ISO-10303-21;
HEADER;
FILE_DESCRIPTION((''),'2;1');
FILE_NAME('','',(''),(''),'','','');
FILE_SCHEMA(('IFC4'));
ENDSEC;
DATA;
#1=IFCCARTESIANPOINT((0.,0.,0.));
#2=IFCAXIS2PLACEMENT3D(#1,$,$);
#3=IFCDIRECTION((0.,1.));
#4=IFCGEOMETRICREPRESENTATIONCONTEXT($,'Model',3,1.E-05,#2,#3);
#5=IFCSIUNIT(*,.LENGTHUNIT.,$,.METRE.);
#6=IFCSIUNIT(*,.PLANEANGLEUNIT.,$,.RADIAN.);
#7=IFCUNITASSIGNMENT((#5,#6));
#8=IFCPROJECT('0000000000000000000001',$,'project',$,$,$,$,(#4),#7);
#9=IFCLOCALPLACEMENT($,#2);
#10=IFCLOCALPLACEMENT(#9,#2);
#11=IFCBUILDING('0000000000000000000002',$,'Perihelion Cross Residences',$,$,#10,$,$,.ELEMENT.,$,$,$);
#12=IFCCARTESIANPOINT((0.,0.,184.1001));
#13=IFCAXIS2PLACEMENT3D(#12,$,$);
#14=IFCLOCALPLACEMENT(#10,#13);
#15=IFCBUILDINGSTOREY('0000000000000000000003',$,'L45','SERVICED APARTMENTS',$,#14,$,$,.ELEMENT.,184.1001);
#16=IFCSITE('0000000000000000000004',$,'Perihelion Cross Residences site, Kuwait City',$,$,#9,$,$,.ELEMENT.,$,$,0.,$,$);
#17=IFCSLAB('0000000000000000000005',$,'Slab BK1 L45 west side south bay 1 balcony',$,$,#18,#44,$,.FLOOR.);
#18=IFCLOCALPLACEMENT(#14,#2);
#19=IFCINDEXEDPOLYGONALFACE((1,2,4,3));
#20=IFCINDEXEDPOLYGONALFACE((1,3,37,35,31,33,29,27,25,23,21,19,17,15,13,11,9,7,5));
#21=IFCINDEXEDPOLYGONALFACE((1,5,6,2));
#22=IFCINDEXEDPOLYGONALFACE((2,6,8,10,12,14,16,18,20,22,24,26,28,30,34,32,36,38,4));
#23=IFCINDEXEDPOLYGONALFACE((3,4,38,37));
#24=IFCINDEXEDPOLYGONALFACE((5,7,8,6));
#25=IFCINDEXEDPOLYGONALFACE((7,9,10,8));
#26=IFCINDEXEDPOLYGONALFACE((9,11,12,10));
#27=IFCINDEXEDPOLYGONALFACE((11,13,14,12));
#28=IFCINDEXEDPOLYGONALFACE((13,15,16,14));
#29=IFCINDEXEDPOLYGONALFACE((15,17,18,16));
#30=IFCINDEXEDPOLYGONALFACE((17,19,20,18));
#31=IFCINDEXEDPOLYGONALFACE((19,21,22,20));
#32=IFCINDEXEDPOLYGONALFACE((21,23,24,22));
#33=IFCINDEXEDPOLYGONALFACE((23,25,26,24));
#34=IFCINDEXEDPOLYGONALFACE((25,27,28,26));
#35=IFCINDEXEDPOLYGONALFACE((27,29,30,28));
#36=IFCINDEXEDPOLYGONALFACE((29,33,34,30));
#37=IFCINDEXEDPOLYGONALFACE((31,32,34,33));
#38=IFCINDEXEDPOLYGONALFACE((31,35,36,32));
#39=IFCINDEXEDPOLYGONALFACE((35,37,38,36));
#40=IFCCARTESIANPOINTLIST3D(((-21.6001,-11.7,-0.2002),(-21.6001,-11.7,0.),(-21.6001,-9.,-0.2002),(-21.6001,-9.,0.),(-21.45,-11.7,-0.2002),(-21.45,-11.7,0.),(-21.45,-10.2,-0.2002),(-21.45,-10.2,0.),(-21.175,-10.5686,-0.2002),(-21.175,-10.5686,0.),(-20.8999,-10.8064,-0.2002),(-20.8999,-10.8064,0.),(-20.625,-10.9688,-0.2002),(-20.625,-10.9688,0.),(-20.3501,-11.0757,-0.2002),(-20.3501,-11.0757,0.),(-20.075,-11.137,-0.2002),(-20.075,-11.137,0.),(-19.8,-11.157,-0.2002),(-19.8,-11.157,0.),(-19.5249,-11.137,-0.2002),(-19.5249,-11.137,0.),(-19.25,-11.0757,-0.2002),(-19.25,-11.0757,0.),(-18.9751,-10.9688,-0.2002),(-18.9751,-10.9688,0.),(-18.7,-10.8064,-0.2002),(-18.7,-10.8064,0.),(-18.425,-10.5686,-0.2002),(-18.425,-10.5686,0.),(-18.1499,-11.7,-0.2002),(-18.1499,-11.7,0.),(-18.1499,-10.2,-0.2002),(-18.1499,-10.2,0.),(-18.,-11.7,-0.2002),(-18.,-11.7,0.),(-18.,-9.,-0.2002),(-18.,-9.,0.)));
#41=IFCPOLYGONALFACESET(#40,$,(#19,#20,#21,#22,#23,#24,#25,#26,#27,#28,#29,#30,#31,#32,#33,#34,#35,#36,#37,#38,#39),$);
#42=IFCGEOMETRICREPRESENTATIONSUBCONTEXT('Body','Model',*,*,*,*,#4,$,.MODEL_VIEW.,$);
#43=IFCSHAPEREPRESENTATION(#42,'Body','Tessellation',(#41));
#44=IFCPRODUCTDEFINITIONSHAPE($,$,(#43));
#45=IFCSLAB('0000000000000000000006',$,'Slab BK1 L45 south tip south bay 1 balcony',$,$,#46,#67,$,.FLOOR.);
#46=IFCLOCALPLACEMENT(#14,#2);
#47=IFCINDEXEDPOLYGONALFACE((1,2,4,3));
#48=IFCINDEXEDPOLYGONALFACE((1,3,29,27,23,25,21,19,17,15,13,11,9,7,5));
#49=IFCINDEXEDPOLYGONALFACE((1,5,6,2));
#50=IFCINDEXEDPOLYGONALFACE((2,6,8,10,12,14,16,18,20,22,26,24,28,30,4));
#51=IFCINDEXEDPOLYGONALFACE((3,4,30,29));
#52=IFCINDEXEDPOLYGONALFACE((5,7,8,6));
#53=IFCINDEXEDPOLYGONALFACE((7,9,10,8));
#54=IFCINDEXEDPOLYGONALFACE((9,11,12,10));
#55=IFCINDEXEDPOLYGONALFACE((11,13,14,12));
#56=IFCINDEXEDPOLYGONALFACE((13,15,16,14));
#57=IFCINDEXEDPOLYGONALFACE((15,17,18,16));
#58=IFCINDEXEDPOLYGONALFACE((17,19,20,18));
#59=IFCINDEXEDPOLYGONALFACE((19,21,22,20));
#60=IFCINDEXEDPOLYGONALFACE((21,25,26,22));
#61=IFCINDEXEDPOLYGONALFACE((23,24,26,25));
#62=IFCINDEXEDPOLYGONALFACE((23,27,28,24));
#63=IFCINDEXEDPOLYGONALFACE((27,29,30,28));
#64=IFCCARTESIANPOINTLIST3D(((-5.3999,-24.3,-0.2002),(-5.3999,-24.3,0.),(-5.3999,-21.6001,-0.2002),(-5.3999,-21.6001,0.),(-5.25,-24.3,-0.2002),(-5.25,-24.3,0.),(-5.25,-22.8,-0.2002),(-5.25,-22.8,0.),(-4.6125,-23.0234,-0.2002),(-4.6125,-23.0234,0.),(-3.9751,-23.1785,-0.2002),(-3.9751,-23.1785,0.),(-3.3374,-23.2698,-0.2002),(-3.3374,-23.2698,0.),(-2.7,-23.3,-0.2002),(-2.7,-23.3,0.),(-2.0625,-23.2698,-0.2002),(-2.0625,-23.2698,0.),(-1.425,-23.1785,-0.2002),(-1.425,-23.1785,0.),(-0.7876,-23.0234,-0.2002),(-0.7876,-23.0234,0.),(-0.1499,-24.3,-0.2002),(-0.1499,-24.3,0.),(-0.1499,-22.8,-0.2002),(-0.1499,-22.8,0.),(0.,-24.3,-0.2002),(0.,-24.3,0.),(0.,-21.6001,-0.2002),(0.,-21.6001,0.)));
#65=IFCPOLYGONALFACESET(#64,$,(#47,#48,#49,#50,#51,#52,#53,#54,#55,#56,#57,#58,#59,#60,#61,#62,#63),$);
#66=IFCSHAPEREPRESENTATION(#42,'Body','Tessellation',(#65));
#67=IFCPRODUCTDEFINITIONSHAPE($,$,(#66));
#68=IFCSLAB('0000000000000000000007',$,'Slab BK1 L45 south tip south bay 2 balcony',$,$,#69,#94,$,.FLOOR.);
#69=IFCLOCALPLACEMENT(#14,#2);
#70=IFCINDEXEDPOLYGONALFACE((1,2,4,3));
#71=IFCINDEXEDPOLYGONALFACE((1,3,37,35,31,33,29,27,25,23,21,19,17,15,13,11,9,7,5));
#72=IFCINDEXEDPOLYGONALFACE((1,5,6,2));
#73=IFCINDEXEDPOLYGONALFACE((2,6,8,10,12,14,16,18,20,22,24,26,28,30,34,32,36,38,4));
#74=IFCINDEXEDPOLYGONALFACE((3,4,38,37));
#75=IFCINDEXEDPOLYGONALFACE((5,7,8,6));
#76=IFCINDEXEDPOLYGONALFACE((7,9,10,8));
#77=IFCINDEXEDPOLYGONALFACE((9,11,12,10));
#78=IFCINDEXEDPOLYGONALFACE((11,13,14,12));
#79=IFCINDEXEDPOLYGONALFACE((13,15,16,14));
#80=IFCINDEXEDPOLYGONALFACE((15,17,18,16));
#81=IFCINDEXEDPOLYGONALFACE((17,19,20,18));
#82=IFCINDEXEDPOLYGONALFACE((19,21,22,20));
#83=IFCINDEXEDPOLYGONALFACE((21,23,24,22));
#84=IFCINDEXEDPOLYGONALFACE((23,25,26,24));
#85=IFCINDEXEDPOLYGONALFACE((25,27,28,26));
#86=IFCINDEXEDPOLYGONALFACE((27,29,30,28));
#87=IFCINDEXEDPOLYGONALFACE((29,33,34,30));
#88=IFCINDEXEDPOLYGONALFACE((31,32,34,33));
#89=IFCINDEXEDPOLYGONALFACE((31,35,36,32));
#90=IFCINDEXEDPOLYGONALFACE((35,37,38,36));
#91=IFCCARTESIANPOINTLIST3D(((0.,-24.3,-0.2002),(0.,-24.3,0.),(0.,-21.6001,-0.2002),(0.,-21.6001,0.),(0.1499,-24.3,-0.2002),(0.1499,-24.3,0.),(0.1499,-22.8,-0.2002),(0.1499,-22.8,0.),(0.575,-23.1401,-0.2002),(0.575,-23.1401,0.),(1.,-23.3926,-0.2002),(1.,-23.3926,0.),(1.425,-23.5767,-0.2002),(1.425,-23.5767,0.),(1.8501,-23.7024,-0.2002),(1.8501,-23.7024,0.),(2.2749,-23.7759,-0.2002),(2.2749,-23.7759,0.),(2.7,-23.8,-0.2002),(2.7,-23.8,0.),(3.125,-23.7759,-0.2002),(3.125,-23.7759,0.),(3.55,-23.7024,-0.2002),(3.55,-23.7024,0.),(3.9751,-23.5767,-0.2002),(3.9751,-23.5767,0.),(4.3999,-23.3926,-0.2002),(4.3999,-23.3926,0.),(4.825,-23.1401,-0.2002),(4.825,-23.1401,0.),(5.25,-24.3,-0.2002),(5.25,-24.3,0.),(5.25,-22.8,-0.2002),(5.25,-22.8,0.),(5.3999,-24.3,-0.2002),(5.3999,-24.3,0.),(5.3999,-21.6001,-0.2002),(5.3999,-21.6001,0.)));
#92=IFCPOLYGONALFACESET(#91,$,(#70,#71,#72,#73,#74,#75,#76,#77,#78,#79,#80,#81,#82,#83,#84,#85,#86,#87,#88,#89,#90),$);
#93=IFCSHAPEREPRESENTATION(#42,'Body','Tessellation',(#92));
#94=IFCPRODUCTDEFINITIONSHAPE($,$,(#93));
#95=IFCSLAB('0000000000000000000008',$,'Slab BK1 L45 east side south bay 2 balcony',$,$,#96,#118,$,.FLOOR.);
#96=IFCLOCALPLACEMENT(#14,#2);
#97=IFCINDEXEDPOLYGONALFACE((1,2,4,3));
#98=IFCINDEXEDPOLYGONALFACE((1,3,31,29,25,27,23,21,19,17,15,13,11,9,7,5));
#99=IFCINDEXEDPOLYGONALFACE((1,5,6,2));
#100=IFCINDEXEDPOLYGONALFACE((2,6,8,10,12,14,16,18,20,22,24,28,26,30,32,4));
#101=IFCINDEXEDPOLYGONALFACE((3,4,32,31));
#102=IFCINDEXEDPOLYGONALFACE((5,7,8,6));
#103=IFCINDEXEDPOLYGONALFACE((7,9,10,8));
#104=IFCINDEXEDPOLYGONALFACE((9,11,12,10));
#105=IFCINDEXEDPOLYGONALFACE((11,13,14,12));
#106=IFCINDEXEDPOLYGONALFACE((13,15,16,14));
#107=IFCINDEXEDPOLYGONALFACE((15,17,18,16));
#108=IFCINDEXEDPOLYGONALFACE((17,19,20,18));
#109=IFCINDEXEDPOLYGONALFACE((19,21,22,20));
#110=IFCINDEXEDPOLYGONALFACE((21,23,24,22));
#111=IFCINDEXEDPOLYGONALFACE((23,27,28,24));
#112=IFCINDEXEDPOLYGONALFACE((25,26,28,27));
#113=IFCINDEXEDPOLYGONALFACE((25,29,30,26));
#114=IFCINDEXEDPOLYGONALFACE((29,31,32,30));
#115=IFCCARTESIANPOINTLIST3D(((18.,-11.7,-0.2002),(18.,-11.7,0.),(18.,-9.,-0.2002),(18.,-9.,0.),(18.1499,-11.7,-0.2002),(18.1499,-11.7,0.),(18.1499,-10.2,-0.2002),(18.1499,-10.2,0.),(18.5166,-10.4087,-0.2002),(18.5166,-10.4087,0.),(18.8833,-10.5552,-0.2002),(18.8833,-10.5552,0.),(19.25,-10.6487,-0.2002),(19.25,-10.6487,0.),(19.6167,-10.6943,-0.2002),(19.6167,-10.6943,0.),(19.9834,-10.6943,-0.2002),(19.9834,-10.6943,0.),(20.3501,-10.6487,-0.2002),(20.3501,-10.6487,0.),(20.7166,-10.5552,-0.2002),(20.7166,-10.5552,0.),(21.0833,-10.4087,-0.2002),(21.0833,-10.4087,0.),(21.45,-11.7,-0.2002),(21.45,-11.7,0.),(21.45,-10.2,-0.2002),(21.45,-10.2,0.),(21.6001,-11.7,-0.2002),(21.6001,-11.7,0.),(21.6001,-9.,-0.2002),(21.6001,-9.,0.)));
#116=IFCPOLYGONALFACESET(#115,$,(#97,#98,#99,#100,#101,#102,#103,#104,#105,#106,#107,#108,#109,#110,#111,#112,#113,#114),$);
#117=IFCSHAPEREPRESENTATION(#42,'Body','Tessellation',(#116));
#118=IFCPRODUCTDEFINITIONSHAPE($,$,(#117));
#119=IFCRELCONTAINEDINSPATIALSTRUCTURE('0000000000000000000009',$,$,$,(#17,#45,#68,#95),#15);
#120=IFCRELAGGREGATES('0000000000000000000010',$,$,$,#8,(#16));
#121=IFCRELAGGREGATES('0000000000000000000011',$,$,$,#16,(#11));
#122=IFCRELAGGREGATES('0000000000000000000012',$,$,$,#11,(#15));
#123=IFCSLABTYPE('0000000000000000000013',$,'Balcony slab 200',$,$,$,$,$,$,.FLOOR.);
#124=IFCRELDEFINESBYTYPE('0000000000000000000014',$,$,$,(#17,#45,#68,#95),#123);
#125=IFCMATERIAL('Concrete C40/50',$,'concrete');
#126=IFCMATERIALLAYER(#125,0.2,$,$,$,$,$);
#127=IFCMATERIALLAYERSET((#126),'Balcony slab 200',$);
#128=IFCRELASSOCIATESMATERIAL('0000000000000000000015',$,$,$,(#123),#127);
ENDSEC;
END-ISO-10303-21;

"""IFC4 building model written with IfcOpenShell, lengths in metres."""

from ifc_helpers import new_model, si_unit, direction, frame, origin, place, context, subcontext, project, spatial, polyline, outline, extrude, material, layer, layer_set, type_object, element, save


model = new_model("IFC4")

# Units and contexts
model_context = context("Model", 3, precision=1e-05, world=origin(), true_north=direction((0.0, 1.0)))
body_context = subcontext(model_context, "Body", "Model", "MODEL_VIEW")
ifc_project = project(units=[si_unit("LENGTHUNIT", "METRE"), si_unit("PLANEANGLEUNIT", "RADIAN")], contexts=[model_context])

# Site, building, storey
site_placement = place(None, origin())
site = spatial("IfcSite", under=ifc_project, at=site_placement, Name="Perihelion Cross Residences site, Kuwait City", CompositionType="ELEMENT", RefElevation=0.0)
building_placement = place(site_placement, origin())
building = spatial("IfcBuilding", under=site, at=building_placement, Name="Perihelion Cross Residences", CompositionType="ELEMENT")
storey_placement = place(building_placement, frame((0.0, 0.0, 184.1001)))
storey = spatial("IfcBuildingStorey", under=building, at=storey_placement, Name="L45", Description="SERVICED APARTMENTS", CompositionType="ELEMENT", Elevation=184.1001)

# Slabs
ifc_material_1 = material(Name="Concrete C40/50", Category="concrete")
ifc_layer_1 = layer(ifc_material_1, 0.2)
ifc_layer_set_1 = layer_set([ifc_layer_1], Name="Balcony slab 200")
slab_type_1 = type_object("IfcSlabType", Name="Balcony slab 200", PredefinedType="FLOOR", material=ifc_layer_set_1)
slab_1_placement = place(storey_placement, frame((0.0, 0.0, -0.2002)))
element("IfcSlab", 1, at=slab_1_placement, inside=storey, type_object=slab_type_1, Name="Slab BK1 L45 west side south bay 1 balcony", PredefinedType="FLOOR", context=body_context, shape_type="SweptSolid", body=[
    extrude(outline(polyline([(-21.6001, -9.0), (-18.0, -9.0), (-18.0, -11.7), (-18.1499, -11.7), (-18.1499, -10.2), (-18.425, -10.5686), (-18.7, -10.8064), (-18.9751, -10.9688), (-19.25, -11.0757), (-19.5249, -11.137), (-19.8, -11.157), (-20.075, -11.137), (-20.3501, -11.0757), (-20.625, -10.9688), (-20.8999, -10.8064), (-21.175, -10.5686), (-21.45, -10.2), (-21.45, -11.7), (-21.6001, -11.7), (-21.6001, -9.0)])), origin(), (0.0, 0.0, 1.0), 0.2002),
])
slab_2_placement = place(storey_placement, frame((0.0, 0.0, -0.2002)))
element("IfcSlab", 2, at=slab_2_placement, inside=storey, type_object=slab_type_1, Name="Slab BK1 L45 south tip south bay 1 balcony", PredefinedType="FLOOR", context=body_context, shape_type="SweptSolid", body=[
    extrude(outline(polyline([(-5.3999, -21.6001), (0.0, -21.6001), (0.0, -24.3), (-0.1499, -24.3), (-0.1499, -22.8), (-0.7876, -23.0234), (-1.425, -23.1785), (-2.0625, -23.2698), (-2.7, -23.3), (-3.3374, -23.2698), (-3.9751, -23.1785), (-4.6125, -23.0234), (-5.25, -22.8), (-5.25, -24.3), (-5.3999, -24.3), (-5.3999, -21.6001)])), origin(), (0.0, 0.0, 1.0), 0.2002),
])
slab_3_placement = place(storey_placement, frame((0.0, 0.0, -0.2002)))
element("IfcSlab", 3, at=slab_3_placement, inside=storey, type_object=slab_type_1, Name="Slab BK1 L45 south tip south bay 2 balcony", PredefinedType="FLOOR", context=body_context, shape_type="SweptSolid", body=[
    extrude(outline(polyline([(0.0, -21.6001), (5.3999, -21.6001), (5.3999, -24.3), (5.25, -24.3), (5.25, -22.8), (4.825, -23.1401), (4.3999, -23.3926), (3.9751, -23.5767), (3.55, -23.7024), (3.125, -23.7759), (2.7, -23.8), (2.2749, -23.7759), (1.8501, -23.7024), (1.425, -23.5767), (1.0, -23.3926), (0.575, -23.1401), (0.1499, -22.8), (0.1499, -24.3), (0.0, -24.3), (0.0, -21.6001)])), origin(), (0.0, 0.0, 1.0), 0.2002),
])
slab_4_placement = place(storey_placement, frame((0.0, 0.0, -0.2002)))
element("IfcSlab", 4, at=slab_4_placement, inside=storey, type_object=slab_type_1, Name="Slab BK1 L45 east side south bay 2 balcony", PredefinedType="FLOOR", context=body_context, shape_type="SweptSolid", body=[
    extrude(outline(polyline([(18.0, -9.0), (21.6001, -9.0), (21.6001, -11.7), (21.45, -11.7), (21.45, -10.2), (21.0833, -10.4087), (20.7166, -10.5552), (20.3501, -10.6487), (19.9834, -10.6943), (19.6167, -10.6943), (19.25, -10.6487), (18.8833, -10.5552), (18.5166, -10.4087), (18.1499, -10.2), (18.1499, -11.7), (18.0, -11.7), (18.0, -9.0)])), origin(), (0.0, 0.0, 1.0), 0.2002),
])

save(model, "model.ifc")
